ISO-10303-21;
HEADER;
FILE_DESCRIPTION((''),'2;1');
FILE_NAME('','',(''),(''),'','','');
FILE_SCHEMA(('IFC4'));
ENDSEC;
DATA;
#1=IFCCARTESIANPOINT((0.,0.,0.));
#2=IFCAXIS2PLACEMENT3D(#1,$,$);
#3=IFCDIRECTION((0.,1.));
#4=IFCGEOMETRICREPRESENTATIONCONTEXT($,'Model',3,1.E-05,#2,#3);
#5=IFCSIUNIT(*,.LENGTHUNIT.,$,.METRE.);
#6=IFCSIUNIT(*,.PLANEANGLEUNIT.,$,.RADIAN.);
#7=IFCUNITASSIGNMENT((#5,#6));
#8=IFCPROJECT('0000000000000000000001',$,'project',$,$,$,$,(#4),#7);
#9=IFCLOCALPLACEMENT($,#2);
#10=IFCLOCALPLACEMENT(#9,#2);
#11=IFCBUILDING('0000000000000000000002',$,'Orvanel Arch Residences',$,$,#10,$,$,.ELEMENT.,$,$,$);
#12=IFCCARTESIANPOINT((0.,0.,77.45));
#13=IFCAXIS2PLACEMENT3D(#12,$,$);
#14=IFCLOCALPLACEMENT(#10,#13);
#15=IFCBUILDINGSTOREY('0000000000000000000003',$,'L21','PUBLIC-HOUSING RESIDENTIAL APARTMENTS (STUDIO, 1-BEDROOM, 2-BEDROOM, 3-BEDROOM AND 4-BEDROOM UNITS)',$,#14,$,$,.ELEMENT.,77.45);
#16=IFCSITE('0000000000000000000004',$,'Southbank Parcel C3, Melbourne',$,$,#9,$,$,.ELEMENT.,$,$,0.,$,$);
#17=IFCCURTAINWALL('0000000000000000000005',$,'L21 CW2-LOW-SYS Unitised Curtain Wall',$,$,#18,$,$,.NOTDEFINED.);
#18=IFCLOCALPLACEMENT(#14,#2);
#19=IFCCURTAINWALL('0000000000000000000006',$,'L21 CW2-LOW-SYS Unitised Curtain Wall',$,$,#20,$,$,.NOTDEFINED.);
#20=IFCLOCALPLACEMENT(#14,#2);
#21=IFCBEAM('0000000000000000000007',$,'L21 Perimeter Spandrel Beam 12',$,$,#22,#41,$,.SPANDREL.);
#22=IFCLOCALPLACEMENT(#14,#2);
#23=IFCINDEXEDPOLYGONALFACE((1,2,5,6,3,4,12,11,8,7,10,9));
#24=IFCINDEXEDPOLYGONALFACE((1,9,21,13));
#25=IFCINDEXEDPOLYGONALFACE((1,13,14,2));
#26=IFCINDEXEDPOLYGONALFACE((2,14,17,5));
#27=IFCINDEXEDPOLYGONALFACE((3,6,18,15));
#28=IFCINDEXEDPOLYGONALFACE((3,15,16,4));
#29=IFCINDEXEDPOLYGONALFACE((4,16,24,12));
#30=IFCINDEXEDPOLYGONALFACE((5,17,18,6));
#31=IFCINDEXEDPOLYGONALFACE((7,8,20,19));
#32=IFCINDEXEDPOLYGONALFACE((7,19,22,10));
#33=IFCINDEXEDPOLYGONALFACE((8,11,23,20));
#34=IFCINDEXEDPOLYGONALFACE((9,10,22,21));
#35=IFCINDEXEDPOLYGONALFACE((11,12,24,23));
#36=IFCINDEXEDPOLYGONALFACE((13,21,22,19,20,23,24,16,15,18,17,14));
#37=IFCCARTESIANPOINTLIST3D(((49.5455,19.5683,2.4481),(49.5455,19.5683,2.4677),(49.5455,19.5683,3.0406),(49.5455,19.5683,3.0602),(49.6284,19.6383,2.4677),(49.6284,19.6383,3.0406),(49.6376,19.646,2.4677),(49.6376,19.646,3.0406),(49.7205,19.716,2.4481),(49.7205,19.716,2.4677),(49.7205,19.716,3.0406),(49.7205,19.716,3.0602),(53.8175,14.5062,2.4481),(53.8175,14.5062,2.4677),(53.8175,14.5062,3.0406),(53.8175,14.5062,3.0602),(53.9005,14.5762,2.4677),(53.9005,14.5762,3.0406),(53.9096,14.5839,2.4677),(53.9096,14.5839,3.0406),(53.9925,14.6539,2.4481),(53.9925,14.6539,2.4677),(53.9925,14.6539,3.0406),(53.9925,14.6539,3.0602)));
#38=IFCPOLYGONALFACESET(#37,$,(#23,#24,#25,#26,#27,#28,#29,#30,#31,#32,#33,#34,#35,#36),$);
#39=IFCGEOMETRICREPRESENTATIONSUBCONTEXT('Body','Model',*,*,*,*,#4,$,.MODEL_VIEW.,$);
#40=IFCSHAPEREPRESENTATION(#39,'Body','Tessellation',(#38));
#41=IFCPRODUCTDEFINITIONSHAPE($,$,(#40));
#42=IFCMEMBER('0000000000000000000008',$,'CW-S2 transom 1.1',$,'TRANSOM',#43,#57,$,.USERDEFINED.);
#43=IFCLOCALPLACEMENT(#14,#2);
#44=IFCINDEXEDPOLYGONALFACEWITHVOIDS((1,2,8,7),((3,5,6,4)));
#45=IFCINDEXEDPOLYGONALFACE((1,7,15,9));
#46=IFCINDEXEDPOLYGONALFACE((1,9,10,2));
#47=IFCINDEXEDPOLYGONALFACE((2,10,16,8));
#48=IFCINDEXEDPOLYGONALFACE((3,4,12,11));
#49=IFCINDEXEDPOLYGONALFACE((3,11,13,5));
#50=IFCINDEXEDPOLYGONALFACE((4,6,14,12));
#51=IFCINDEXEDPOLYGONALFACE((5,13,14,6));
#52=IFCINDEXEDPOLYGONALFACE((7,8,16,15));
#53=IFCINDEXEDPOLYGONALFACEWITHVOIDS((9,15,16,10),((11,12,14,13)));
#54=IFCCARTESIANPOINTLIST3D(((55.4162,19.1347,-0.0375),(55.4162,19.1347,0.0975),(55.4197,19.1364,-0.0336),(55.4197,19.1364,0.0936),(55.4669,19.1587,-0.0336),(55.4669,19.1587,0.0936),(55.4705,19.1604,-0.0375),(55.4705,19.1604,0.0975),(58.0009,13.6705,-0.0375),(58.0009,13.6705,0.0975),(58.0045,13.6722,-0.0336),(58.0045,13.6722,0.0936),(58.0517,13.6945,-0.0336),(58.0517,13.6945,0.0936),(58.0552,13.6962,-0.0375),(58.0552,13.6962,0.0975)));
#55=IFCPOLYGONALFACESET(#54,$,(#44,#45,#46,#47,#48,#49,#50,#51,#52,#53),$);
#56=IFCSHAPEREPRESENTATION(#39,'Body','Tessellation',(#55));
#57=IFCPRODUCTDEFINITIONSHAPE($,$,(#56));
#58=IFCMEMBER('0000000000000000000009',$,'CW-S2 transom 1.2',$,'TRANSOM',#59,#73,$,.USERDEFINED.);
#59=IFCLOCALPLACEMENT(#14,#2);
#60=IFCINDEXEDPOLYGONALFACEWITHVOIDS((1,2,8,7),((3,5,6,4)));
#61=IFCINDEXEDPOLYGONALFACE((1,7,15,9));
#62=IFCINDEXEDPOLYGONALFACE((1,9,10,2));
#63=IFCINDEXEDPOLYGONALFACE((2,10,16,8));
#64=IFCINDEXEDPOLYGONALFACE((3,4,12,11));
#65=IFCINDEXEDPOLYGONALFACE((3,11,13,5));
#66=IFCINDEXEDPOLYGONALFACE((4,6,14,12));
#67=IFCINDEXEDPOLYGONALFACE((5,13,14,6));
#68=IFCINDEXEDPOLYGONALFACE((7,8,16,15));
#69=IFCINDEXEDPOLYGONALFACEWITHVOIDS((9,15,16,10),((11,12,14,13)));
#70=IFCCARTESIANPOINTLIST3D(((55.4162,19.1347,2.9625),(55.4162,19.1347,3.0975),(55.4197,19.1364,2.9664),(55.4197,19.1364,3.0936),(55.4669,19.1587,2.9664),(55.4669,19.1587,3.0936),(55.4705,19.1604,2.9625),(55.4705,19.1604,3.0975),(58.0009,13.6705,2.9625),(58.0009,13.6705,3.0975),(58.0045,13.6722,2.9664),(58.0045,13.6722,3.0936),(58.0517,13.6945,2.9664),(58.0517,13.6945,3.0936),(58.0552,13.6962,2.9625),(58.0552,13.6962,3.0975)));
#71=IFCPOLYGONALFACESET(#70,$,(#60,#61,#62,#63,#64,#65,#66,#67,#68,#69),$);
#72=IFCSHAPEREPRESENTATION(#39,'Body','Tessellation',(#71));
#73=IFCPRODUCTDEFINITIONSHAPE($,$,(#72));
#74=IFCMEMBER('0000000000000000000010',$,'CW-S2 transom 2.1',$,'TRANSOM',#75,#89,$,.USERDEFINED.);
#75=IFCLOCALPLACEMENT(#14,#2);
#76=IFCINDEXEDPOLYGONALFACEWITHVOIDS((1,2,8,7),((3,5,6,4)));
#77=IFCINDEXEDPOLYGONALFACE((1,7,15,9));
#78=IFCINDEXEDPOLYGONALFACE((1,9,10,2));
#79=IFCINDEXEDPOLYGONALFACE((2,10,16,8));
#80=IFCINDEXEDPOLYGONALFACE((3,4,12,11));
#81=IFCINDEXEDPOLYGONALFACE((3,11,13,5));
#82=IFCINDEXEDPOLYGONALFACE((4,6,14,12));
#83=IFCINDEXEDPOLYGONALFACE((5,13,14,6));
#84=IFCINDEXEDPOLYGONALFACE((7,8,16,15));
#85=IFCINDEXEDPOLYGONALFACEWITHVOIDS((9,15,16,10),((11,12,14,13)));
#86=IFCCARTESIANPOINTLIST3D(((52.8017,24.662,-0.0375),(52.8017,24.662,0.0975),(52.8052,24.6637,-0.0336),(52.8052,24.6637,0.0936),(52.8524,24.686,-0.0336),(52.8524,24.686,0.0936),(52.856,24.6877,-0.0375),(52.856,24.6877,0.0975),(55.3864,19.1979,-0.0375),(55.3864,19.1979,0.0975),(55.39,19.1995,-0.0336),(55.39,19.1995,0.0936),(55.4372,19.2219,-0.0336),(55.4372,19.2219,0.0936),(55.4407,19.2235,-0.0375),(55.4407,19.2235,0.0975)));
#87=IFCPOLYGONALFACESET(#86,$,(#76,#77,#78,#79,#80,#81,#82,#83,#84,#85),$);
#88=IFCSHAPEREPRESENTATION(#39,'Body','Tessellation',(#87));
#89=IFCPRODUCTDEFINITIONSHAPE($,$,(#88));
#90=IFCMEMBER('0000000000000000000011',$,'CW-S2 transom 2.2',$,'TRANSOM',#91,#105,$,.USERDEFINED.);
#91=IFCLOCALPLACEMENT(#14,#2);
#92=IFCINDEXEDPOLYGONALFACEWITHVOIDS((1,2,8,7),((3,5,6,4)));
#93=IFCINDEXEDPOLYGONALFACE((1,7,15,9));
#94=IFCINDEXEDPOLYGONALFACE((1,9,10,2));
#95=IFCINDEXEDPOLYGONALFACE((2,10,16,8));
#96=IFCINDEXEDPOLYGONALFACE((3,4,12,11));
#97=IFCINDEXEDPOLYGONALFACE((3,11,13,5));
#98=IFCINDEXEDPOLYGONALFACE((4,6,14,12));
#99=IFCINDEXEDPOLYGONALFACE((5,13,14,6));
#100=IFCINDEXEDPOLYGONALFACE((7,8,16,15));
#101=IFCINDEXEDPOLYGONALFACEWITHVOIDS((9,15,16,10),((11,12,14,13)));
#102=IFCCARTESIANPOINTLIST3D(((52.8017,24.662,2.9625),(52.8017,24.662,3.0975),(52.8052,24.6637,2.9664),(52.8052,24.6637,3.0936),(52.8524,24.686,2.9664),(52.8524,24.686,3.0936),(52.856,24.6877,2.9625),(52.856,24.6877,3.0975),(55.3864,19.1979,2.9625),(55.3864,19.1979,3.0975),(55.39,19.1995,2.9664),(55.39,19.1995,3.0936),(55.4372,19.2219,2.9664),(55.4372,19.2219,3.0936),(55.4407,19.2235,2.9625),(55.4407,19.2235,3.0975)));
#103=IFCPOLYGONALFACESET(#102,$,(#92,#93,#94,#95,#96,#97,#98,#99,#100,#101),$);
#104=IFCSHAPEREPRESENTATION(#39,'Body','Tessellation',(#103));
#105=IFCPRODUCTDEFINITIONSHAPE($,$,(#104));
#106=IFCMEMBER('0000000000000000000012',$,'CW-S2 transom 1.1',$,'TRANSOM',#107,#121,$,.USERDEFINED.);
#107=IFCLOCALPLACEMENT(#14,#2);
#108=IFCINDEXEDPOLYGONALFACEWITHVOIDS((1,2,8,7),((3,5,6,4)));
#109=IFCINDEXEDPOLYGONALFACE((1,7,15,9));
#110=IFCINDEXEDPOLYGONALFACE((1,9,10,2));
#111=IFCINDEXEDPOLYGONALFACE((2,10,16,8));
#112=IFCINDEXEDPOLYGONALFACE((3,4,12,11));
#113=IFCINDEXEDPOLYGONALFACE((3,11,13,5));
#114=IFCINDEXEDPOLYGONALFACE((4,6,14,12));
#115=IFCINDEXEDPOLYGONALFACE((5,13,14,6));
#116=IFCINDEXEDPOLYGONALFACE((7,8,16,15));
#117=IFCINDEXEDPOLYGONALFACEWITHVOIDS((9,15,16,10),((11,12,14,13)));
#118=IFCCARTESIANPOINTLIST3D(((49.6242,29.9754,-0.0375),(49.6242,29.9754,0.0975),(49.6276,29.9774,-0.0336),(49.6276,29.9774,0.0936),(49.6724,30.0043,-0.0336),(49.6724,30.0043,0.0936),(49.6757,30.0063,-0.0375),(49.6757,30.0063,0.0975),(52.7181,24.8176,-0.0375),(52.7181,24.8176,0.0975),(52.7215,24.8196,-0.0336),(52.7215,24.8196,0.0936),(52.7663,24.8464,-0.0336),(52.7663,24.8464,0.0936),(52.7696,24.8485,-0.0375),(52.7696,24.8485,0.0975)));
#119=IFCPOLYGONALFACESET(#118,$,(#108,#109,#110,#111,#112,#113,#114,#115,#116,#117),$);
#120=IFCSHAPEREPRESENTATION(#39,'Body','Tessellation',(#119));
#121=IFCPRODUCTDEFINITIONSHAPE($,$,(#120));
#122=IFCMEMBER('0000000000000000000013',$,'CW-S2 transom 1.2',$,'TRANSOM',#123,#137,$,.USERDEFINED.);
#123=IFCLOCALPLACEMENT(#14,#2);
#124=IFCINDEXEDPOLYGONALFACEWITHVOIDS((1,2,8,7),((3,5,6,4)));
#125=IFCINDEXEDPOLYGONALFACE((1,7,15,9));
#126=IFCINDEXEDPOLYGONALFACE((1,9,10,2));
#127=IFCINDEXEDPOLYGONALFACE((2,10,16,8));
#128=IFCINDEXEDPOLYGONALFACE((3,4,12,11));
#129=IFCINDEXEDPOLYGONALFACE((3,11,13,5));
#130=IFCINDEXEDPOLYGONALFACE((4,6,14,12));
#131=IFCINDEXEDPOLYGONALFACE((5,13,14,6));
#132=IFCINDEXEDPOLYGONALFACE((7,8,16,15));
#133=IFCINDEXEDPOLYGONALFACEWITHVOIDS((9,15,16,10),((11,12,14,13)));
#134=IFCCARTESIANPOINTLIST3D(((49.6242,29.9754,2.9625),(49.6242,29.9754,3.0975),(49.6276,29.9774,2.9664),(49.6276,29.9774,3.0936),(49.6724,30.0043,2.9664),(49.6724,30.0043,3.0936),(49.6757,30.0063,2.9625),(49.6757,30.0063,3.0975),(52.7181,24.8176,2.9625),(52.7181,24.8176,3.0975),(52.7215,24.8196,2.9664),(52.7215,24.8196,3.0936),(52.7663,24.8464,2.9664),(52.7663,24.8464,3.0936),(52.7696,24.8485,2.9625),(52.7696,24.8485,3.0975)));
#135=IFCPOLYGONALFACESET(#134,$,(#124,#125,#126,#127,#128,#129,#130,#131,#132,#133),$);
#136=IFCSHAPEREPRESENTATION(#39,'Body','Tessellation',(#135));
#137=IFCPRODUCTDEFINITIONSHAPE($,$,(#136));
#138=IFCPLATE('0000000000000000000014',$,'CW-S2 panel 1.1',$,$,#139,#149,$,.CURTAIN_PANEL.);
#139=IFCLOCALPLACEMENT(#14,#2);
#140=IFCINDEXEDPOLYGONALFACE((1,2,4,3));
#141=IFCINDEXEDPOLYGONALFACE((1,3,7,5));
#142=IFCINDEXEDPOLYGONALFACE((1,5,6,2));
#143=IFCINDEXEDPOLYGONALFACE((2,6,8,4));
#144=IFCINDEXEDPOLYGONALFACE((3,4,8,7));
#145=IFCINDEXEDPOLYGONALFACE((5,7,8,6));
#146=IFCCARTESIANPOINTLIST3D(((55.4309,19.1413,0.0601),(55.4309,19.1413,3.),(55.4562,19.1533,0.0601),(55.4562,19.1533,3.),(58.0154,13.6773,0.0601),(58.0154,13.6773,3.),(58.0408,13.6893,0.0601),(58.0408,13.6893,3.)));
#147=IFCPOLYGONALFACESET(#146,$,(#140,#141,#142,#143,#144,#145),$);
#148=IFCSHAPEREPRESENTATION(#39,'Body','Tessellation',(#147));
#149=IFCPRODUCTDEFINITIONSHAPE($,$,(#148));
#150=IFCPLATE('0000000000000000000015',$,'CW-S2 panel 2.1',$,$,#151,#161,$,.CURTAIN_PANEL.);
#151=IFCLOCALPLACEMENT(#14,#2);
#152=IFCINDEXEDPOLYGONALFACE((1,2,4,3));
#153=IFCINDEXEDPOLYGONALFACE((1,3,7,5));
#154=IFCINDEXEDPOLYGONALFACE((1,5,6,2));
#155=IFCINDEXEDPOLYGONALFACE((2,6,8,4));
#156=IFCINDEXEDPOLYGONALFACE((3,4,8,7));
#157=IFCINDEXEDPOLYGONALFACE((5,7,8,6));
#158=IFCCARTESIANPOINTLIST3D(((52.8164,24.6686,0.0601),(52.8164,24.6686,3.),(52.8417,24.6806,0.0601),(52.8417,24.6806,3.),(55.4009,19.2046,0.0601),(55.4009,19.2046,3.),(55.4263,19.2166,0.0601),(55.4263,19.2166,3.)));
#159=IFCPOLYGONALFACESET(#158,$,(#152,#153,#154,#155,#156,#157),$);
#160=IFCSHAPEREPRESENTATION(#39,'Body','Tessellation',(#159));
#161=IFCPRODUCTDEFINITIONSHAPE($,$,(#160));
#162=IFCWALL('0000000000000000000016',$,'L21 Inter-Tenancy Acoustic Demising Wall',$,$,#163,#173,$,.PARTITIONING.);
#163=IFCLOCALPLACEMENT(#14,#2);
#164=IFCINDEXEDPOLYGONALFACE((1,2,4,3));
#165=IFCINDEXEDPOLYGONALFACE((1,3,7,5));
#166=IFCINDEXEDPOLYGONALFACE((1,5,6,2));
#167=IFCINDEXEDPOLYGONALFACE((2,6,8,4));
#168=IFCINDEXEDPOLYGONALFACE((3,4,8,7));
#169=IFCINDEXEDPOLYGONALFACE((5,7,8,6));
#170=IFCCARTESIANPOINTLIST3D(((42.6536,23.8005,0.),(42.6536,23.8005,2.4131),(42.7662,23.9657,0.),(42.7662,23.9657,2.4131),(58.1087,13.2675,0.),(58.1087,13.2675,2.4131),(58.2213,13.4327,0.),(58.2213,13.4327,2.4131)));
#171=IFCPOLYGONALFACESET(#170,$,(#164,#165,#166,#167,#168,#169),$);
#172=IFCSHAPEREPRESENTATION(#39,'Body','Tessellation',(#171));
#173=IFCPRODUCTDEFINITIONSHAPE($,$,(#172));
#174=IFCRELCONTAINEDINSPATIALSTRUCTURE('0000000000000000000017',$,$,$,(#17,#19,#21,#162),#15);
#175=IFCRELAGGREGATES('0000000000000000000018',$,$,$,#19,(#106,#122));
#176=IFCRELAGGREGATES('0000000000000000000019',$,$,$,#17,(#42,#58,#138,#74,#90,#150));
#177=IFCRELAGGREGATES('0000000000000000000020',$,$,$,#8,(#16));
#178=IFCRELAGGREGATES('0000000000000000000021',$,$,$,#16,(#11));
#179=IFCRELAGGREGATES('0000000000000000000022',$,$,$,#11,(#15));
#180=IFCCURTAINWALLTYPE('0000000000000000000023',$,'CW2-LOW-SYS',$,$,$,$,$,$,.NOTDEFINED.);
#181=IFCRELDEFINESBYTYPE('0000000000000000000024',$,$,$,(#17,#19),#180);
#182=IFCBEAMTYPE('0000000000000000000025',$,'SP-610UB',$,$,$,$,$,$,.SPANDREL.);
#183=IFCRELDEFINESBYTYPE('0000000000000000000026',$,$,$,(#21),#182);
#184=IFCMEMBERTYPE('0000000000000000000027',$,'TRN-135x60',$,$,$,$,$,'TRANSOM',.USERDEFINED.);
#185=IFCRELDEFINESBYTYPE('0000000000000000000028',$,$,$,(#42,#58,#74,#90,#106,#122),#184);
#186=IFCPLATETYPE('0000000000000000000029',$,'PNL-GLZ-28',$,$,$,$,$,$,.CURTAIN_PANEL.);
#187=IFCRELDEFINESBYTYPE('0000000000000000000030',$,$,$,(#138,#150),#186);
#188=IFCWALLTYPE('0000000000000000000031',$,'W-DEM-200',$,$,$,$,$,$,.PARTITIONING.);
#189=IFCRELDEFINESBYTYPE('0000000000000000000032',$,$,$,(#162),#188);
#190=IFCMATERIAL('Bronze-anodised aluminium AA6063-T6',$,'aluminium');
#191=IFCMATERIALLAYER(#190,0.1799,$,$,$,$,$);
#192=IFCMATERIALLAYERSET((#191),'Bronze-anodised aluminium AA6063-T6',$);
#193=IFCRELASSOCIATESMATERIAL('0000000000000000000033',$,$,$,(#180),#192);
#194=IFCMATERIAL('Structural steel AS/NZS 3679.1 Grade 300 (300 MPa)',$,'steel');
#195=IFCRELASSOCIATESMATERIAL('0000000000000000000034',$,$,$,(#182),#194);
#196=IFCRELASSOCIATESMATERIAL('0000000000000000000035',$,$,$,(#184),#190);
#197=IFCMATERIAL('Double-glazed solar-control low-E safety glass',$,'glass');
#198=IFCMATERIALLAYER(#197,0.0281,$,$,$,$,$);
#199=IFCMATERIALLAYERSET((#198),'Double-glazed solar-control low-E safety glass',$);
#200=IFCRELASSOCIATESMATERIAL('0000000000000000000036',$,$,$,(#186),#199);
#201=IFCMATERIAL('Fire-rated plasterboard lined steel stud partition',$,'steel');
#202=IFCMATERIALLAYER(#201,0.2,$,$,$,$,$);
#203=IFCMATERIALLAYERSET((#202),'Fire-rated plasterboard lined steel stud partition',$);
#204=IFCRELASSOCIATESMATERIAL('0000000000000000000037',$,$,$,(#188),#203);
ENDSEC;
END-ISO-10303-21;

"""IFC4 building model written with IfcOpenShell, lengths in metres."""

from ifc_helpers import new_model, si_unit, direction, frame, frame_2d, origin, origin_2d, place, context, subcontext, project, spatial, rectangle, hollow_rectangle, i_section, extrude, material, layer, layer_set, material_profile, profile_set, type_object, element, aggregate, save


model = new_model("IFC4")

# Units and contexts
model_context = context("Model", 3, precision=1e-05, world=origin(), true_north=direction((0.0, 1.0)))
body_context = subcontext(model_context, "Body", "Model", "MODEL_VIEW")
ifc_project = project(units=[si_unit("LENGTHUNIT", "METRE"), si_unit("PLANEANGLEUNIT", "RADIAN")], contexts=[model_context])

# Site, building, storey
site_placement = place(None, origin())
site = spatial("IfcSite", under=ifc_project, at=site_placement, Name="Southbank Parcel C3, Melbourne", CompositionType="ELEMENT", RefElevation=0.0)
building_placement = place(site_placement, origin())
building = spatial("IfcBuilding", under=site, at=building_placement, Name="Orvanel Arch Residences", CompositionType="ELEMENT")
storey_placement = place(building_placement, frame((0.0, 0.0, 77.45)))
storey = spatial("IfcBuildingStorey", under=building, at=storey_placement, Name="L21", Description="PUBLIC-HOUSING RESIDENTIAL APARTMENTS (STUDIO, 1-BEDROOM, 2-BEDROOM, 3-BEDROOM AND 4-BEDROOM UNITS)", CompositionType="ELEMENT", Elevation=77.45)

# Shared definitions
ifc_material_1 = material(Name="Bronze-anodised aluminium AA6063-T6", Category="aluminium")

# Curtain wall
ifc_layer_1 = layer(ifc_material_1, 0.1799)
ifc_layer_set_1 = layer_set([ifc_layer_1], Name="Bronze-anodised aluminium AA6063-T6")
curtain_wall_type_1 = type_object("IfcCurtainWallType", Name="CW2-LOW-SYS", PredefinedType="NOTDEFINED", material=ifc_layer_set_1)
curtain_wall_1_placement = place(storey_placement, origin())
curtain_wall_1 = element("IfcCurtainWall", 1, at=curtain_wall_1_placement, inside=storey, type_object=curtain_wall_type_1, Name="L21 CW2-LOW-SYS Unitised Curtain Wall", PredefinedType="NOTDEFINED")

# Curtain wall
curtain_wall_2_placement = place(storey_placement, origin())
curtain_wall_2 = element("IfcCurtainWall", 2, at=curtain_wall_2_placement, inside=storey, type_object=curtain_wall_type_1, Name="L21 CW2-LOW-SYS Unitised Curtain Wall", PredefinedType="NOTDEFINED")

# Beam
ifc_material_2 = material(Name="Structural steel AS/NZS 3679.1 Grade 300 (300 MPa)", Category="steel")
ifc_material_profile_1 = material_profile(ifc_material_2, i_section(OverallWidth=0.229, OverallDepth=0.6121, WebThickness=0.012, FlangeThickness=0.0195, at=origin_2d()), Name="610UB125")
ifc_profile_set_1 = profile_set([ifc_material_profile_1], Name="Structural steel AS/NZS 3679.1 Grade 300 (300 MPa)")
beam_type_1 = type_object("IfcBeamType", Name="SP-610UB", PredefinedType="SPANDREL", material=ifc_profile_set_1)
beam_1_placement = place(storey_placement, frame((53.905, 14.5801, 2.7542), z_axis=(-0.64495, 0.764224, 0.0), x_axis=(-0.764224, -0.64495, 0.0)))
element("IfcBeam", 3, at=beam_1_placement, inside=storey, type_object=beam_type_1, Name="L21 Perimeter Spandrel Beam 12", PredefinedType="SPANDREL", context=body_context, shape_type="SweptSolid", body=[
    extrude(i_section(OverallWidth=0.229, OverallDepth=0.6121, WebThickness=0.012, FlangeThickness=0.0195, at=origin_2d()), origin(), (0.0, 0.0, 1.0), 6.6238),
])

# Members
ifc_material_profile_2 = material_profile(ifc_material_1, hollow_rectangle(XDim=0.0601, YDim=0.135, WallThickness=0.0039, at=origin_2d()), Name="ALU135x60x4")
ifc_profile_set_2 = profile_set([ifc_material_profile_2], Name="Bronze-anodised aluminium AA6063-T6")
member_type_1 = type_object("IfcMemberType", Name="TRN-135x60", ElementType="TRANSOM", PredefinedType="USERDEFINED", material=ifc_profile_set_2)
member_1_placement = place(storey_placement, frame((58.0281, 13.6833, 0.03), z_axis=(-0.427607, 0.903965, 0.0), x_axis=(-0.903965, -0.427607, 0.0)))
member_1 = element("IfcMember", 4, at=member_1_placement, type_object=member_type_1, Name="CW-S2 transom 1.1", ObjectType="TRANSOM", PredefinedType="USERDEFINED", context=body_context, shape_type="SweptSolid", body=[
    extrude(hollow_rectangle(XDim=0.0601, YDim=0.135, WallThickness=0.0039, at=origin_2d()), origin(), (0.0, 0.0, 1.0), 6.0447),
])
member_2_placement = place(storey_placement, frame((58.0281, 13.6833, 3.03), z_axis=(-0.427607, 0.903965, 0.0), x_axis=(-0.903965, -0.427607, 0.0)))
member_2 = element("IfcMember", 5, at=member_2_placement, type_object=member_type_1, Name="CW-S2 transom 1.2", ObjectType="TRANSOM", PredefinedType="USERDEFINED", context=body_context, shape_type="SweptSolid", body=[
    extrude(hollow_rectangle(XDim=0.0601, YDim=0.135, WallThickness=0.0039, at=origin_2d()), origin(), (0.0, 0.0, 1.0), 6.0447),
])
member_3_placement = place(storey_placement, frame((55.4136, 19.2107, 0.03), z_axis=(-0.427607, 0.903965, 0.0), x_axis=(-0.903965, -0.427607, 0.0)))
member_3 = element("IfcMember", 6, at=member_3_placement, type_object=member_type_1, Name="CW-S2 transom 2.1", ObjectType="TRANSOM", PredefinedType="USERDEFINED", context=body_context, shape_type="SweptSolid", body=[
    extrude(hollow_rectangle(XDim=0.0601, YDim=0.135, WallThickness=0.0039, at=origin_2d()), origin(), (0.0, 0.0, 1.0), 6.0447),
])
member_4_placement = place(storey_placement, frame((55.4136, 19.2107, 3.03), z_axis=(-0.427607, 0.903965, 0.0), x_axis=(-0.903965, -0.427607, 0.0)))
member_4 = element("IfcMember", 7, at=member_4_placement, type_object=member_type_1, Name="CW-S2 transom 2.2", ObjectType="TRANSOM", PredefinedType="USERDEFINED", context=body_context, shape_type="SweptSolid", body=[
    extrude(hollow_rectangle(XDim=0.0601, YDim=0.135, WallThickness=0.0039, at=origin_2d()), origin(), (0.0, 0.0, 1.0), 6.0447),
])
member_5_placement = place(storey_placement, frame((52.7439, 24.833, 0.03), z_axis=(-0.5144, 0.85755, 0.0), x_axis=(-0.85755, -0.5144, 0.0)))
member_5 = element("IfcMember", 8, at=member_5_placement, type_object=member_type_1, Name="CW-S2 transom 1.1", ObjectType="TRANSOM", PredefinedType="USERDEFINED", context=body_context, shape_type="SweptSolid", body=[
    extrude(hollow_rectangle(XDim=0.0601, YDim=0.135, WallThickness=0.0039, at=origin_2d()), origin(), (0.0, 0.0, 1.0), 6.0146),
])
member_6_placement = place(storey_placement, frame((52.7439, 24.833, 3.03), z_axis=(-0.5144, 0.85755, 0.0), x_axis=(-0.85755, -0.5144, 0.0)))
member_6 = element("IfcMember", 9, at=member_6_placement, type_object=member_type_1, Name="CW-S2 transom 1.2", ObjectType="TRANSOM", PredefinedType="USERDEFINED", context=body_context, shape_type="SweptSolid", body=[
    extrude(hollow_rectangle(XDim=0.0601, YDim=0.135, WallThickness=0.0039, at=origin_2d()), origin(), (0.0, 0.0, 1.0), 6.0146),
])
aggregate(curtain_wall_2, [member_5, member_6])

# Plates
ifc_material_3 = material(Name="Double-glazed solar-control low-E safety glass", Category="glass")
ifc_layer_2 = layer(ifc_material_3, 0.0281)
ifc_layer_set_2 = layer_set([ifc_layer_2], Name="Double-glazed solar-control low-E safety glass")
plate_type = type_object("IfcPlateType", Name="PNL-GLZ-28", PredefinedType="CURTAIN_PANEL", material=ifc_layer_set_2)
plate_1_placement = place(storey_placement, frame((56.7358, 16.4153, 0.0601), z_axis=(0.0, 0.0, 1.0), x_axis=(-0.427593, 0.903971, 0.0)))
plate_1 = element("IfcPlate", 10, at=plate_1_placement, type_object=plate_type, Name="CW-S2 panel 1.1", PredefinedType="CURTAIN_PANEL", context=body_context, shape_type="SweptSolid", body=[
    extrude(rectangle(XDim=6.0444, YDim=0.0281, at=origin_2d()), origin(), (0.0, 0.0, 1.0), 2.9399),
])
plate_2_placement = place(storey_placement, frame((54.1213, 21.9426, 0.0601), z_axis=(0.0, 0.0, 1.0), x_axis=(-0.427593, 0.903971, 0.0)))
plate_2 = element("IfcPlate", 11, at=plate_2_placement, type_object=plate_type, Name="CW-S2 panel 2.1", PredefinedType="CURTAIN_PANEL", context=body_context, shape_type="SweptSolid", body=[
    extrude(rectangle(XDim=6.0444, YDim=0.0281, at=origin_2d()), origin(), (0.0, 0.0, 1.0), 2.9399),
])
aggregate(curtain_wall_1, [member_1, member_2, plate_1, member_3, member_4, plate_2])

# Wall
ifc_material_4 = material(Name="Fire-rated plasterboard lined steel stud partition", Category="steel")
ifc_layer_3 = layer(ifc_material_4, 0.2)
ifc_layer_set_3 = layer_set([ifc_layer_3], Name="Fire-rated plasterboard lined steel stud partition")
wall_type_1 = type_object("IfcWallType", Name="W-DEM-200", PredefinedType="PARTITIONING", material=ifc_layer_set_3)
wall_1_placement = place(storey_placement, frame((58.165, 13.3501, 0.0), z_axis=(0.0, 0.0, 1.0), x_axis=(-0.826342, 0.563169, 0.0)))
element("IfcWall", 12, at=wall_1_placement, inside=storey, type_object=wall_type_1, Name="L21 Inter-Tenancy Acoustic Demising Wall", PredefinedType="PARTITIONING", context=body_context, shape_type="SweptSolid", body=[
    extrude(rectangle(XDim=18.7031, YDim=0.2, at=frame_2d((9.3516, 0.0))), origin(), (0.0, 0.0, 1.0), 2.4131),
])

save(model, "model.ifc")
